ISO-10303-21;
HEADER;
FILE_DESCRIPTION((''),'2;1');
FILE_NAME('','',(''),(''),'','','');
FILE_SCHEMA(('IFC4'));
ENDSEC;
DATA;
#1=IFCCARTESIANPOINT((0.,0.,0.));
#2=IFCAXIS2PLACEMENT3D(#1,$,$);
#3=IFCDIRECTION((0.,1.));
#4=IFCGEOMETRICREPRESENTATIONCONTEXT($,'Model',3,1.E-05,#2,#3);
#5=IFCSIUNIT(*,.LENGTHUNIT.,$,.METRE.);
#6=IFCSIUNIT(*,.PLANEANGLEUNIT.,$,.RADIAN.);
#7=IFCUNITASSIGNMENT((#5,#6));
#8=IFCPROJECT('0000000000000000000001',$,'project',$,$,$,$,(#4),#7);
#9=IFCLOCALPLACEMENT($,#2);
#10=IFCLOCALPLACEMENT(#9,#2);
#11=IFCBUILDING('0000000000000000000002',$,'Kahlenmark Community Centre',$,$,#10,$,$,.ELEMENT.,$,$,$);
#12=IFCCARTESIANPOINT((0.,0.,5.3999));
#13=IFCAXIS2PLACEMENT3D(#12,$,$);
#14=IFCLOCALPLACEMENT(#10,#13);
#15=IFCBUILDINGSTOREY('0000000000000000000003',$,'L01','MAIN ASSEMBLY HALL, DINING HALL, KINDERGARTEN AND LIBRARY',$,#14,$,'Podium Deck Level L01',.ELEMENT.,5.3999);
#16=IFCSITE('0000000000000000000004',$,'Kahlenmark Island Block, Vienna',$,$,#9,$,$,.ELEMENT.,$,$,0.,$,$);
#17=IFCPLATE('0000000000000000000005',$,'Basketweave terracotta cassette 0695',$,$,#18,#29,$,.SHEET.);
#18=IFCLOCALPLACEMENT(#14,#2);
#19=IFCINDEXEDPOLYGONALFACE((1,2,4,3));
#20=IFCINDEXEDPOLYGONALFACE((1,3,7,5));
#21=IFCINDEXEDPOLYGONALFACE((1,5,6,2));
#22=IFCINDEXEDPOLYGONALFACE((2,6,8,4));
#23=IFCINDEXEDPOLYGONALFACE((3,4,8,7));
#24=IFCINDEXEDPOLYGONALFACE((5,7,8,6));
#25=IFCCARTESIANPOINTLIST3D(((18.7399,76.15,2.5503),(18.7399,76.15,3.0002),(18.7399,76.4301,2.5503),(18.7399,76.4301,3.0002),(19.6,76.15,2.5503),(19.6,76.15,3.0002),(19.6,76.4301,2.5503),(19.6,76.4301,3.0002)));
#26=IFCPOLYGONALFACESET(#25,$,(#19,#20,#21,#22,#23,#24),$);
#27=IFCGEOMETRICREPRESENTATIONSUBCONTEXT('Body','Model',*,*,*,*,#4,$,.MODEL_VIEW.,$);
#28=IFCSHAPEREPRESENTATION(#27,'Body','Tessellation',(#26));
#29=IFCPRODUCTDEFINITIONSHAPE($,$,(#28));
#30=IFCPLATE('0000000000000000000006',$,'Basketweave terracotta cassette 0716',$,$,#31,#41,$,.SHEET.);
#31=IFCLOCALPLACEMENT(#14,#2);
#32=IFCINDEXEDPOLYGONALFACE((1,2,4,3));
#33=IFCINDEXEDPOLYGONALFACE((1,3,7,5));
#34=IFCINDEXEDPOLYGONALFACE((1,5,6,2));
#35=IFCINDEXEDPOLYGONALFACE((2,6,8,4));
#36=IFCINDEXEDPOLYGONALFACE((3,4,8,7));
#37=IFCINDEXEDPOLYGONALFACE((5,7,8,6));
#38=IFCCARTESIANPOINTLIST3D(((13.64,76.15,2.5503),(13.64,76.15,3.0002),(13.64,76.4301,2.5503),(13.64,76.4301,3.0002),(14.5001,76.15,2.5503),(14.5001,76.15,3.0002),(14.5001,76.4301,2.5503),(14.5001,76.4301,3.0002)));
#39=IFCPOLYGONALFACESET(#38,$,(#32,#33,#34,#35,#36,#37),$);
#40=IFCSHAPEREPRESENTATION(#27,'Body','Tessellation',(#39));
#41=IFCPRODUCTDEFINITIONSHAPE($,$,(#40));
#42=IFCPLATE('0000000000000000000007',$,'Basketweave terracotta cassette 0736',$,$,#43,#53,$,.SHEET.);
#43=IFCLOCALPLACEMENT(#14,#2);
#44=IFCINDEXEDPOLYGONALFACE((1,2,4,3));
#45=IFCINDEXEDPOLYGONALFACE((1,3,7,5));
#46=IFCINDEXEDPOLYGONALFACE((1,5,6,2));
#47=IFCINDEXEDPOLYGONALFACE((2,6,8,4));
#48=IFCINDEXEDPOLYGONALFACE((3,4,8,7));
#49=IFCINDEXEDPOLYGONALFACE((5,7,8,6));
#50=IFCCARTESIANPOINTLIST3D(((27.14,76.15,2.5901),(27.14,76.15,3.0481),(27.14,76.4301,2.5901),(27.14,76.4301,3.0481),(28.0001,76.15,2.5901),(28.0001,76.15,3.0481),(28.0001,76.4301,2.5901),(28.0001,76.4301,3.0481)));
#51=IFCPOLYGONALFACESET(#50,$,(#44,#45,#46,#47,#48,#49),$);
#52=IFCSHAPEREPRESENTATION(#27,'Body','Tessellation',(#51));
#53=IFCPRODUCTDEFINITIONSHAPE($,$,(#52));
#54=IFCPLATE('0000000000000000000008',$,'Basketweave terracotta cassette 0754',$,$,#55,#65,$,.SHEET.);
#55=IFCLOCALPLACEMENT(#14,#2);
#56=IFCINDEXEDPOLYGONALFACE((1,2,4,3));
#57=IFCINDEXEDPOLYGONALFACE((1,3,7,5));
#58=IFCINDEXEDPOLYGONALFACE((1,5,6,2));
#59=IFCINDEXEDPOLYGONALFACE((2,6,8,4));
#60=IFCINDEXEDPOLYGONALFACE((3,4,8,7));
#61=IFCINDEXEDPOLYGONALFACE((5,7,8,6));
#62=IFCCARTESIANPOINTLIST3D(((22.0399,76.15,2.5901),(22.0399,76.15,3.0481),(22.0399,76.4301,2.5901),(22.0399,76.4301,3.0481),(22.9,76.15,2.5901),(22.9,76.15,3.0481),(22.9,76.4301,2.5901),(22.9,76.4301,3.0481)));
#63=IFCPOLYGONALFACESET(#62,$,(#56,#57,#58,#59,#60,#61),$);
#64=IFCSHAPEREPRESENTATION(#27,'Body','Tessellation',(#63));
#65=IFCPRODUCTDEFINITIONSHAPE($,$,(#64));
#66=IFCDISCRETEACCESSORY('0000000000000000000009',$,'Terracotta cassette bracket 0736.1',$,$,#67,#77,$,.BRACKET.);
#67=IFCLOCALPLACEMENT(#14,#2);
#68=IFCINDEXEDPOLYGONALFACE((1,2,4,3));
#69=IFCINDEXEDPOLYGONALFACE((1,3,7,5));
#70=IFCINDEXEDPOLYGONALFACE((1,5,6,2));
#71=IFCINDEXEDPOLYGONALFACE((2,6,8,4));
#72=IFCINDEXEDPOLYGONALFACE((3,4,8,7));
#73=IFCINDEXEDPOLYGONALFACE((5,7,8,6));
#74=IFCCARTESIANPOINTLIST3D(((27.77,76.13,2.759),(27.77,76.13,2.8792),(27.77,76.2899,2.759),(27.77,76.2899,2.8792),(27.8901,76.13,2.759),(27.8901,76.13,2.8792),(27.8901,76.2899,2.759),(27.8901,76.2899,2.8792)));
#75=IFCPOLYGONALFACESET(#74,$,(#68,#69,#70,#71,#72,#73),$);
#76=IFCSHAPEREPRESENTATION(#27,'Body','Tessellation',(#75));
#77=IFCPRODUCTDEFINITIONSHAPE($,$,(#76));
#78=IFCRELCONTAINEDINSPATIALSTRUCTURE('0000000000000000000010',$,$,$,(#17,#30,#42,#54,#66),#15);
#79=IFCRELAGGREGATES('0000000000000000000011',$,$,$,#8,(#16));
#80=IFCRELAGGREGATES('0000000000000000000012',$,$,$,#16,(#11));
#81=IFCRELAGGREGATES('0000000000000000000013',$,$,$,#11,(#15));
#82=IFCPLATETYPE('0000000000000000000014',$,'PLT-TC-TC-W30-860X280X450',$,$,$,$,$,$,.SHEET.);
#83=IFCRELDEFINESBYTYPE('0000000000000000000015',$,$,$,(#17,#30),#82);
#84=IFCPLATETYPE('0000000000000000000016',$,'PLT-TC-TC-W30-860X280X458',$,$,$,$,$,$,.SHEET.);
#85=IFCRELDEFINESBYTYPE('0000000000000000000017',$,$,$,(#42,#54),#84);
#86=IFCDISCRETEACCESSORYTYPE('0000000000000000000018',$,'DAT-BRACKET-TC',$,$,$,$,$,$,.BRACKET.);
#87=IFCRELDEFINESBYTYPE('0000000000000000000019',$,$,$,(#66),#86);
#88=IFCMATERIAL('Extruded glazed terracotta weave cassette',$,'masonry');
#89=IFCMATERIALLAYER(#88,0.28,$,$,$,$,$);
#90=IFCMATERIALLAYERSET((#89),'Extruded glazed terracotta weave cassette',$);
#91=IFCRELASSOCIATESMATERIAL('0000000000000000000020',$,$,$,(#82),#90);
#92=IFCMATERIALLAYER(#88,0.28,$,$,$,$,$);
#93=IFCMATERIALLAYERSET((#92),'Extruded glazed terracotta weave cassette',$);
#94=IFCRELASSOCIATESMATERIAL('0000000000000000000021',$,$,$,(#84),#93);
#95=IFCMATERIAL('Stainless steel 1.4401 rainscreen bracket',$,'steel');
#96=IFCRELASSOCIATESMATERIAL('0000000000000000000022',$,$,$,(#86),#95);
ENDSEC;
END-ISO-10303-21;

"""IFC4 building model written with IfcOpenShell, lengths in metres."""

from ifc_helpers import new_model, si_unit, direction, frame, origin, origin_2d, place, context, subcontext, project, spatial, rectangle, extrude, material, layer, layer_set, type_object, element, save


model = new_model("IFC4")

# Units and contexts
model_context = context("Model", 3, precision=1e-05, world=origin(), true_north=direction((0.0, 1.0)))
body_context = subcontext(model_context, "Body", "Model", "MODEL_VIEW")
ifc_project = project(units=[si_unit("LENGTHUNIT", "METRE"), si_unit("PLANEANGLEUNIT", "RADIAN")], contexts=[model_context])

# Site, building, storey
site_placement = place(None, origin())
site = spatial("IfcSite", under=ifc_project, at=site_placement, Name="Kahlenmark Island Block, Vienna", CompositionType="ELEMENT", RefElevation=0.0)
building_placement = place(site_placement, origin())
building = spatial("IfcBuilding", under=site, at=building_placement, Name="Kahlenmark Community Centre", CompositionType="ELEMENT")
storey_placement = place(building_placement, frame((0.0, 0.0, 5.3999)))
storey = spatial("IfcBuildingStorey", under=building, at=storey_placement, Name="L01", Description="MAIN ASSEMBLY HALL, DINING HALL, KINDERGARTEN AND LIBRARY", LongName="Podium Deck Level L01", CompositionType="ELEMENT", Elevation=5.3999)

# Plates
ifc_material_1 = material(Name="Extruded glazed terracotta weave cassette", Category="masonry")
ifc_layer_1 = layer(ifc_material_1, 0.28)
ifc_layer_set_1 = layer_set([ifc_layer_1], Name="Extruded glazed terracotta weave cassette")
plate_type_1 = type_object("IfcPlateType", Name="PLT-TC-TC-W30-860X280X450", PredefinedType="SHEET", material=ifc_layer_set_1)
for number, where, z_axis, x_axis, name in (
    (1, (19.1699, 76.29, 2.5503), (0.0, 0.0, 1.0), (-1.0, 0.0, 0.0), "Basketweave terracotta cassette 0695"),
    (2, (14.0701, 76.29, 2.5503), (0.0, 0.0, 1.0), (-1.0, 0.0, 0.0), "Basketweave terracotta cassette 0716"),
):
    element("IfcPlate", number, at=place(storey_placement, frame(where, z_axis=z_axis, x_axis=x_axis)), inside=storey, type_object=plate_type_1, Name=name, PredefinedType="SHEET", context=body_context, shape_type="SweptSolid", body=[
        extrude(rectangle(XDim=0.8601, YDim=0.28, at=origin_2d()), origin(), (0.0, 0.0, 1.0), 0.45),
    ])
ifc_layer_2 = layer(ifc_material_1, 0.28)
ifc_layer_set_2 = layer_set([ifc_layer_2], Name="Extruded glazed terracotta weave cassette")
plate_type_2 = type_object("IfcPlateType", Name="PLT-TC-TC-W30-860X280X458", PredefinedType="SHEET", material=ifc_layer_set_2)
for number, where, z_axis, x_axis, name in (
    (3, (27.5701, 76.29, 2.5901), (0.0, 0.0, 1.0), (-1.0, 0.0, 0.0), "Basketweave terracotta cassette 0736"),
    (4, (22.47, 76.29, 2.5901), (0.0, 0.0, 1.0), (-1.0, 0.0, 0.0), "Basketweave terracotta cassette 0754"),
):
    element("IfcPlate", number, at=place(storey_placement, frame(where, z_axis=z_axis, x_axis=x_axis)), inside=storey, type_object=plate_type_2, Name=name, PredefinedType="SHEET", context=body_context, shape_type="SweptSolid", body=[
        extrude(rectangle(XDim=0.8601, YDim=0.28, at=origin_2d()), origin(), (0.0, 0.0, 1.0), 0.458),
    ])

# Discrete accessory
ifc_material_2 = material(Name="Stainless steel 1.4401 rainscreen bracket", Category="steel")
discrete_accessory_type = type_object("IfcDiscreteAccessoryType", Name="DAT-BRACKET-TC", PredefinedType="BRACKET", material=ifc_material_2)
discrete_accessory_placement = place(storey_placement, frame((27.8301, 76.21, 2.759), z_axis=(0.0, 0.0, 1.0), x_axis=(-1.0, 0.0, 0.0)))
element("IfcDiscreteAccessory", 5, at=discrete_accessory_placement, inside=storey, type_object=discrete_accessory_type, Name="Terracotta cassette bracket 0736.1", PredefinedType="BRACKET", context=body_context, shape_type="SweptSolid", body=[
    extrude(rectangle(XDim=0.1201, YDim=0.1599, at=origin_2d()), origin(), (0.0, 0.0, 1.0), 0.1201),
])

save(model, "model.ifc")
